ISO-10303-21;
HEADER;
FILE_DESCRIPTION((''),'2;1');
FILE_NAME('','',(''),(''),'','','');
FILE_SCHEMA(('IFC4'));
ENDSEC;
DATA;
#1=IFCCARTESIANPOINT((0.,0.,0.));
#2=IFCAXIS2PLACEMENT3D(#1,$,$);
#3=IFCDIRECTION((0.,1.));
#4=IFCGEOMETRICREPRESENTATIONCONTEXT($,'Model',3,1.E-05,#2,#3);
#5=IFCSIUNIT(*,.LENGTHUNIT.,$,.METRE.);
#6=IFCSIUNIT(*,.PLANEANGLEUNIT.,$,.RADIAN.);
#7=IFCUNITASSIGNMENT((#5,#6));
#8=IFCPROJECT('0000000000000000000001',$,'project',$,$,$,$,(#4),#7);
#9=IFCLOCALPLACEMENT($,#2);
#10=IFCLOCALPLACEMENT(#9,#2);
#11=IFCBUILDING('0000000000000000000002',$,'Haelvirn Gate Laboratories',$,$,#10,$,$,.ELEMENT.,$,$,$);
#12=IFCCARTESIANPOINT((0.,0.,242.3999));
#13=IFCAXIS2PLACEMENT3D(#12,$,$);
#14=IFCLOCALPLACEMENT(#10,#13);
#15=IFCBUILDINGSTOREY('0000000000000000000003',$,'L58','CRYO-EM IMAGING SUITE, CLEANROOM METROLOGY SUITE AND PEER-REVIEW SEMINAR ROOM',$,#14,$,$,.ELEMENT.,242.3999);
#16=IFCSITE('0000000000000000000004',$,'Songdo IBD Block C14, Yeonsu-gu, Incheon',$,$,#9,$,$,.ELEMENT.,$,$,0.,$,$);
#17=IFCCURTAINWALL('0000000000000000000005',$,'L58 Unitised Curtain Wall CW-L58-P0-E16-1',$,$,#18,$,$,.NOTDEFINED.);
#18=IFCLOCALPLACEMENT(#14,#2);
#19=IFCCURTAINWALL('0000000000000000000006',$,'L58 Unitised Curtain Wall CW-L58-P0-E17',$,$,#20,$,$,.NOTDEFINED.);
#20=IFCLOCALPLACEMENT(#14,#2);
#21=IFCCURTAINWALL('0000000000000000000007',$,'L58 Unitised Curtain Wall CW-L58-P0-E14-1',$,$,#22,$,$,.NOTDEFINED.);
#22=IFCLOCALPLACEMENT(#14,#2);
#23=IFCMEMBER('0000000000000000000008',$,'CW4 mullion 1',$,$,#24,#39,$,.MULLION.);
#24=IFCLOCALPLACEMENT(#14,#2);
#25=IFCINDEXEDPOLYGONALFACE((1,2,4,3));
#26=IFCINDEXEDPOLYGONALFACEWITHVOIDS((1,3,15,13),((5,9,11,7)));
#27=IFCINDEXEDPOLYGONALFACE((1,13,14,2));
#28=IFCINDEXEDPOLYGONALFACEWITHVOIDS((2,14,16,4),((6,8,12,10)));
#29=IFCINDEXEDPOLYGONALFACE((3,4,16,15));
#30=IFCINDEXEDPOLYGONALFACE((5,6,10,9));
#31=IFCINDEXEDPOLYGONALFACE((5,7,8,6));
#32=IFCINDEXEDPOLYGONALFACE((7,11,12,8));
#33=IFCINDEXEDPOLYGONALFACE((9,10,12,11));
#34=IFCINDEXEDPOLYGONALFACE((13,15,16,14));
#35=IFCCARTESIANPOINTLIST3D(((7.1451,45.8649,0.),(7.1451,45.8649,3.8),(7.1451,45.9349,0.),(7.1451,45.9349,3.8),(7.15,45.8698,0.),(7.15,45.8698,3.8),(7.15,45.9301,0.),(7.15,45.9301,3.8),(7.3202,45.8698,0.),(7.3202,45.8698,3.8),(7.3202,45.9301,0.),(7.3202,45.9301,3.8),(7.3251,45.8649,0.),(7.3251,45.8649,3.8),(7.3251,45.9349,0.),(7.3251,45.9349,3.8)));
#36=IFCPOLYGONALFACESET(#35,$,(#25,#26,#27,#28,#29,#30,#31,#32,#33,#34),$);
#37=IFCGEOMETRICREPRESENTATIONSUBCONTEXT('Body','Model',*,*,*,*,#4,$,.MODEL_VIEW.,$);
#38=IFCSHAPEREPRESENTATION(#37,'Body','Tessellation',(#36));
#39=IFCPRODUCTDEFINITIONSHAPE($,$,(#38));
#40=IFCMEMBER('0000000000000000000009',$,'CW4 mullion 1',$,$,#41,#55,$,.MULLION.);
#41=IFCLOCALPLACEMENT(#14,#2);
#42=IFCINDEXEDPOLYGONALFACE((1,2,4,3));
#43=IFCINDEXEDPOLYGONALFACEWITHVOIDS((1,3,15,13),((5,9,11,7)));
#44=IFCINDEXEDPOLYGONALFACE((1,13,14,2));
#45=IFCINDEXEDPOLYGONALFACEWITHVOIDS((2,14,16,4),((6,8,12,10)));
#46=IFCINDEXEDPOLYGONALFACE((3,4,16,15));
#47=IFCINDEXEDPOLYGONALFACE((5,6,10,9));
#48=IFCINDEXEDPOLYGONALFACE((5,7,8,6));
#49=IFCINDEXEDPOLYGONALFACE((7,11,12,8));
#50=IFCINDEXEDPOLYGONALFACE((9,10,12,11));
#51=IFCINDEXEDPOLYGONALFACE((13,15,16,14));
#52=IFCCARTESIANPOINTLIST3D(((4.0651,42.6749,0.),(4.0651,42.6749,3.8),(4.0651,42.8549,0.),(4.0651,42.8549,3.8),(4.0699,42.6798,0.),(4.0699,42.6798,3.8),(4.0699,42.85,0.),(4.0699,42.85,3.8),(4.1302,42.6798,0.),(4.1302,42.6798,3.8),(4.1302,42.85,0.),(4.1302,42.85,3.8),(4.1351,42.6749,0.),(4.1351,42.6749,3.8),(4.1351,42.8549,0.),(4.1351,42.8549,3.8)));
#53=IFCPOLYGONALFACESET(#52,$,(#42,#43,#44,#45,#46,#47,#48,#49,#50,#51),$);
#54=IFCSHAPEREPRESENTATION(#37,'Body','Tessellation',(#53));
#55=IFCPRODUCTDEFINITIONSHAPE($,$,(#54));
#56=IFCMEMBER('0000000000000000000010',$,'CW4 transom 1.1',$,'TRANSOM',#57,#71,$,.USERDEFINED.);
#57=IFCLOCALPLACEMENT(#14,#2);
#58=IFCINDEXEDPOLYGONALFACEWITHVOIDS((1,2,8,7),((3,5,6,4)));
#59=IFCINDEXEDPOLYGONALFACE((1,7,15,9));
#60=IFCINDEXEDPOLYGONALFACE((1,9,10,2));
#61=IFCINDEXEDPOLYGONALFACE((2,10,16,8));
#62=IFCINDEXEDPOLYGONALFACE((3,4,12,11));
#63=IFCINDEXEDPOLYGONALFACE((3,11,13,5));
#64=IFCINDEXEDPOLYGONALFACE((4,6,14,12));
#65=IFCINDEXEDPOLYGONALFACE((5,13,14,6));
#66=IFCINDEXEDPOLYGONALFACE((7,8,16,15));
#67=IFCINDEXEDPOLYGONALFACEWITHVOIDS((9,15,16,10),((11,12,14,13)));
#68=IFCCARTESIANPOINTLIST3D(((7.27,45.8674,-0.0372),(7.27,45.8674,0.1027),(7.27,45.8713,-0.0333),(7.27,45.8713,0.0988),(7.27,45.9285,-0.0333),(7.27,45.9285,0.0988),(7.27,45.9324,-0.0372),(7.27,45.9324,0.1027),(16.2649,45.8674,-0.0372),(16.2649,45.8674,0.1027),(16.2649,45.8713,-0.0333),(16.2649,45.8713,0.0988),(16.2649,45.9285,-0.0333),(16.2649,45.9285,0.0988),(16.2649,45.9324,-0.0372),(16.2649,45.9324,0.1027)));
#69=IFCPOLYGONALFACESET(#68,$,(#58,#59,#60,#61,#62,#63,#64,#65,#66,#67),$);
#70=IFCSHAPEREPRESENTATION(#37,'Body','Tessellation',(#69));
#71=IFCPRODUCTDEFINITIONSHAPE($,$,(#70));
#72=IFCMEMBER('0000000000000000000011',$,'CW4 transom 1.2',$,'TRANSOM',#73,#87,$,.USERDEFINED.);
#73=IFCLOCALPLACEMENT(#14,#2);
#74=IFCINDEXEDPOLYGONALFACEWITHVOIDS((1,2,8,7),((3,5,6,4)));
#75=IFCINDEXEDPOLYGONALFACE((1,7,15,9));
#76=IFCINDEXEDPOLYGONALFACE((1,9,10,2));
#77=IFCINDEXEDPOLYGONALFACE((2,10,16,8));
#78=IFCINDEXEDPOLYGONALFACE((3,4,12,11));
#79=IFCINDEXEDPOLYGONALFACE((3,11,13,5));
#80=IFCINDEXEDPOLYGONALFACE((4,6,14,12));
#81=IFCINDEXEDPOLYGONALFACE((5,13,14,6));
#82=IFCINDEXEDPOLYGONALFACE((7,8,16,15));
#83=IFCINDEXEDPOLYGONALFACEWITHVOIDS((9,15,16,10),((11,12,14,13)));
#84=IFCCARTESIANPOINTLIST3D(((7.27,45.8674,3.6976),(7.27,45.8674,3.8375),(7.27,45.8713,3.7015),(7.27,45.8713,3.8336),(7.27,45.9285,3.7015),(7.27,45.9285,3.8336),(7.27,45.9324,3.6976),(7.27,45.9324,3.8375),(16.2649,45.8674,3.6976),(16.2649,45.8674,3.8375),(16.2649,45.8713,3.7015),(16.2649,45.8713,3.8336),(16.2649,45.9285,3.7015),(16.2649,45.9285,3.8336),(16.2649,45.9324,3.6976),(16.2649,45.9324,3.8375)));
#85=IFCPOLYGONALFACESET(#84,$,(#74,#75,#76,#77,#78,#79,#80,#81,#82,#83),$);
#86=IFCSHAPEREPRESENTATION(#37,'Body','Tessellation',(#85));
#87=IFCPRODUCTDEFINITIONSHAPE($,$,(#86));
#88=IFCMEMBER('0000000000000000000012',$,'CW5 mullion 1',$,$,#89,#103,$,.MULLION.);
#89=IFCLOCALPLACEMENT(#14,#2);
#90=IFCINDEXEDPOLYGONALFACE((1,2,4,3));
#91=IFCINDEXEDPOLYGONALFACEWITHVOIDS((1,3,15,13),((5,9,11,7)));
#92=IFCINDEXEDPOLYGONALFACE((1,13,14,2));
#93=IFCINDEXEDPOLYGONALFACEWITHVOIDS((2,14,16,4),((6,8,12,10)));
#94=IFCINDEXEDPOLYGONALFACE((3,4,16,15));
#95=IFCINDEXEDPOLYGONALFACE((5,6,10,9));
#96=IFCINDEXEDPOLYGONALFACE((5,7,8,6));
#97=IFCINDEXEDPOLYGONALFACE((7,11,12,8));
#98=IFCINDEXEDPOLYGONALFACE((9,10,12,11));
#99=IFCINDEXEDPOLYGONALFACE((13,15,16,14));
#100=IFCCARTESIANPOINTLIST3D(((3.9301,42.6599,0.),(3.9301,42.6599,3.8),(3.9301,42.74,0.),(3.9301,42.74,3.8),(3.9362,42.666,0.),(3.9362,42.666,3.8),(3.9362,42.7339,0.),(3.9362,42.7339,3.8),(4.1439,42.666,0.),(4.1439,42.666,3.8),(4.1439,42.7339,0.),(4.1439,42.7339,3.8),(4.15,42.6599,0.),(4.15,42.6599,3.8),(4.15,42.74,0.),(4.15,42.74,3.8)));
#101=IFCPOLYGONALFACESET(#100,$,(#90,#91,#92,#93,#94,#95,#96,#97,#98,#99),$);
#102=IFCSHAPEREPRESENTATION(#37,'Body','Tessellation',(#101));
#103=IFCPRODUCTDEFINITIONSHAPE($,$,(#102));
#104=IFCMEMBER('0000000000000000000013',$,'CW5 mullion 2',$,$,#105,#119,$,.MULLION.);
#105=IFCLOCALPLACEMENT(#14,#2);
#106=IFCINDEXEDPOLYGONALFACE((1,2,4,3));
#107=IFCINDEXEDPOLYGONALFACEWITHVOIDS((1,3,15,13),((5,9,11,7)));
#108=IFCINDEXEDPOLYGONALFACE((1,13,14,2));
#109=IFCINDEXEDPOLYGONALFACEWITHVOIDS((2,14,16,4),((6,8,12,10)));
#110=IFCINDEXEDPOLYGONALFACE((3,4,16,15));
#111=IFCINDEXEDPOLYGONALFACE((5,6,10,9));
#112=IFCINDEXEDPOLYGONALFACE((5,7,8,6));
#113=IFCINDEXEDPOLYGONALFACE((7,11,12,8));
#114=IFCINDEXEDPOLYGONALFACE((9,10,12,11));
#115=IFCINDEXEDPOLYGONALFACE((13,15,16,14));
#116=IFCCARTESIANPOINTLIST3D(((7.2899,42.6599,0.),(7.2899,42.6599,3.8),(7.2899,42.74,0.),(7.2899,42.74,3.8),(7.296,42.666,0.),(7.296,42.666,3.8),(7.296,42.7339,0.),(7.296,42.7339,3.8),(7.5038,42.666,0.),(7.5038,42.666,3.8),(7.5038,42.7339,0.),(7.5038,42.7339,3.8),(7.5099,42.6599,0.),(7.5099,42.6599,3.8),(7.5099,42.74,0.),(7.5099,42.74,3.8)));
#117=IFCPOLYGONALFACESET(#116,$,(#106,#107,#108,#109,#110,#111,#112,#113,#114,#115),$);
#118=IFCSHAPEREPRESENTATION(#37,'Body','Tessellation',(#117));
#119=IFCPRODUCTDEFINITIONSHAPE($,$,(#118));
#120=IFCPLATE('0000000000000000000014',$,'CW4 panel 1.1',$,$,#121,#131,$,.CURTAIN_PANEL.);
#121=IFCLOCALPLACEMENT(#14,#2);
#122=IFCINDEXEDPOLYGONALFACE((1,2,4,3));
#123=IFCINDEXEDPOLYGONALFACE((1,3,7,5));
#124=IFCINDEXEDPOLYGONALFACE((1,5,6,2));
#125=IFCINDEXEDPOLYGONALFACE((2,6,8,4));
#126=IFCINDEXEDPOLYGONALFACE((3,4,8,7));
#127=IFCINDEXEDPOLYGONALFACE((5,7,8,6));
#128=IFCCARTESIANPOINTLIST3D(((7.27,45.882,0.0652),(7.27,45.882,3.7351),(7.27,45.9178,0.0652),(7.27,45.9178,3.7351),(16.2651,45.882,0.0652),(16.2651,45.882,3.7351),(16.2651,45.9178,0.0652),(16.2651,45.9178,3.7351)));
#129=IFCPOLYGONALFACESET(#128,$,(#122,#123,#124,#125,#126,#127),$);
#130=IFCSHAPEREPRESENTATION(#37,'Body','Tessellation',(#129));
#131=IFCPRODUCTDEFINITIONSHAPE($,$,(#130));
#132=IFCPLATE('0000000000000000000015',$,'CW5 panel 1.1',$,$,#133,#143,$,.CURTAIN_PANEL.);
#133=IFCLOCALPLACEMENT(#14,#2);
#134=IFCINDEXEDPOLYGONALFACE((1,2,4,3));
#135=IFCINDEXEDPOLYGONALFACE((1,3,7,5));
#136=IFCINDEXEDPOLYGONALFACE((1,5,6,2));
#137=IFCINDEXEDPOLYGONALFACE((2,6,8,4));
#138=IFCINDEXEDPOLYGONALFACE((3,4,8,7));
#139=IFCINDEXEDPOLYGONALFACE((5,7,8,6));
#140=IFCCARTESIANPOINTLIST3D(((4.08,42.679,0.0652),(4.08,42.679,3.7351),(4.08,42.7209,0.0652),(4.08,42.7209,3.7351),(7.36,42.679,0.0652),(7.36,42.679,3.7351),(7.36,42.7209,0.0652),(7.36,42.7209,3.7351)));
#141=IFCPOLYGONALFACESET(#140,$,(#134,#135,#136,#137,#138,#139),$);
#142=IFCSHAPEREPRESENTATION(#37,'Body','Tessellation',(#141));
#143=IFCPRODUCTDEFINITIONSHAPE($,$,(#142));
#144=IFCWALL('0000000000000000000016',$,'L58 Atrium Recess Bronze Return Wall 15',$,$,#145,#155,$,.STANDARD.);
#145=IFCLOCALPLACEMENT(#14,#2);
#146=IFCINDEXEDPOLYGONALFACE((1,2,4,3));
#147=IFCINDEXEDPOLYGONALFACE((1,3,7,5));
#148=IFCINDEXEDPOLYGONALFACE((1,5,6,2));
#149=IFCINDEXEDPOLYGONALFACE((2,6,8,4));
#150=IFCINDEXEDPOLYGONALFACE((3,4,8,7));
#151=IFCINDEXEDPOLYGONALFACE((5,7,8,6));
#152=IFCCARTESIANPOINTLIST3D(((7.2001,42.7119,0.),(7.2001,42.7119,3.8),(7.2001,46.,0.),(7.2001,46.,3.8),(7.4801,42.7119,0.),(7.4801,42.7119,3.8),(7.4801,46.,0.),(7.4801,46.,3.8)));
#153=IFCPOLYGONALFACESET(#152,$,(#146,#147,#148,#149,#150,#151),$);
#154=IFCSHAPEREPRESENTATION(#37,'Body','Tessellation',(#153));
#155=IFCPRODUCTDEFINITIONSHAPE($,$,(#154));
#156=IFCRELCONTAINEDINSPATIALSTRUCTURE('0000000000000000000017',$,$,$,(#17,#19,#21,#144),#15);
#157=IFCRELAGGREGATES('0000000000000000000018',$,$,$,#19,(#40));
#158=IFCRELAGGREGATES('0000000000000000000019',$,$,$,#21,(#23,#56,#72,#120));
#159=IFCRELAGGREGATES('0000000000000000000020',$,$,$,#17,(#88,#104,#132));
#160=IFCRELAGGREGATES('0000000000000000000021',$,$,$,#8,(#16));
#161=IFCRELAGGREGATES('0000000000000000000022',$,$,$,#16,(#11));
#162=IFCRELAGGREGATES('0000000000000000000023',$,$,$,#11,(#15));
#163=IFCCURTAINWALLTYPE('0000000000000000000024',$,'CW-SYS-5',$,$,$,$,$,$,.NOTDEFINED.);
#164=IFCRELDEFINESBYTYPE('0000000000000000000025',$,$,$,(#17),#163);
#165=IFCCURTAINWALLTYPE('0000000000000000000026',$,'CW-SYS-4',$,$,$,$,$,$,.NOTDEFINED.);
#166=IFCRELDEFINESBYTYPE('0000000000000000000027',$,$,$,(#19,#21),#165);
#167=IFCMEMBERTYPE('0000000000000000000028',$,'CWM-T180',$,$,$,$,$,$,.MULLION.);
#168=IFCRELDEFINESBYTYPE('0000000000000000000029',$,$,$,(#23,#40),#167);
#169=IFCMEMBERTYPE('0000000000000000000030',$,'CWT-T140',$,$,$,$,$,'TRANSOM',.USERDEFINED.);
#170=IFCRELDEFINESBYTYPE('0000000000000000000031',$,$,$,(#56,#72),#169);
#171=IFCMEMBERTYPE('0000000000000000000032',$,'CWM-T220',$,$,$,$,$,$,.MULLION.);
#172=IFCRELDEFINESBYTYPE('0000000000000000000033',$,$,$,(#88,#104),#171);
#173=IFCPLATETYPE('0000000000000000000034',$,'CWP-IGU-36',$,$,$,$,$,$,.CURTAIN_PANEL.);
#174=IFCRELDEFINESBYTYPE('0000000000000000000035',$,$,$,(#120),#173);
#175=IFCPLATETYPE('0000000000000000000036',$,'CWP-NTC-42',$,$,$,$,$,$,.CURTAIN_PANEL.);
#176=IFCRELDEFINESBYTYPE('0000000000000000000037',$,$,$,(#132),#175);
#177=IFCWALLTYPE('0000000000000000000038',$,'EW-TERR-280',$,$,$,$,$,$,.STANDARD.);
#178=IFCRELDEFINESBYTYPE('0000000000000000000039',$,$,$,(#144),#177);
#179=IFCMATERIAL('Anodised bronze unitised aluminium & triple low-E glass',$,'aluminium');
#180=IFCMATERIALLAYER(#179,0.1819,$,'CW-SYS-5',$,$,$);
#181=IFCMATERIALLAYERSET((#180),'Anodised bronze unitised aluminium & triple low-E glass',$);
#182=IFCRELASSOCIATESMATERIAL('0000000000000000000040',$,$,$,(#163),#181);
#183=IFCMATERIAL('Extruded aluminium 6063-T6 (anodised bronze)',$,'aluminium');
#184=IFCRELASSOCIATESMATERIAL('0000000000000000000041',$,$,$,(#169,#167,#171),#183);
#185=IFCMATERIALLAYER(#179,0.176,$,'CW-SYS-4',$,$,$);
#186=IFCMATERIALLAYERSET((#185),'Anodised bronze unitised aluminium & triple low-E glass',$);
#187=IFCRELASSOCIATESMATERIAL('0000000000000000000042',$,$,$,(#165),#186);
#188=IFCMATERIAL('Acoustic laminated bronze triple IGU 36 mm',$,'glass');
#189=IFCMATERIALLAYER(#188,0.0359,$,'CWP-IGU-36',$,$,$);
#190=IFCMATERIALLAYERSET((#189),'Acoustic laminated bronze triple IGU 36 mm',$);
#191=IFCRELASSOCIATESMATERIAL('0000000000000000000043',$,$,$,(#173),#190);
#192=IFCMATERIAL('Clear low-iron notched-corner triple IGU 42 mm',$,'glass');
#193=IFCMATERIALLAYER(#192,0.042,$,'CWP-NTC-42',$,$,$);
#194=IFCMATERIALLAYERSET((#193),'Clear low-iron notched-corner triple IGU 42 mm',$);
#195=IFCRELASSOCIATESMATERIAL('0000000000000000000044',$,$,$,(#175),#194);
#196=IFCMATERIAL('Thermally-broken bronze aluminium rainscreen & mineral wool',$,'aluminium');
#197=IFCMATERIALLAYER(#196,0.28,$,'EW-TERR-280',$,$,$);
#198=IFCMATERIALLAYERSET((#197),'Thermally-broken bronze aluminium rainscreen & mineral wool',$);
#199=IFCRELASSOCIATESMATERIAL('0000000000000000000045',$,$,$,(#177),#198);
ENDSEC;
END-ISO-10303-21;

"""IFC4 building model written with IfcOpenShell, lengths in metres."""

from ifc_helpers import new_model, si_unit, direction, frame, frame_2d, origin, origin_2d, place, context, subcontext, project, spatial, rectangle, hollow_rectangle, extrude, source, transform, mapped, material, layer, layer_set, material_profile, profile_set, type_object, type_shapes, element, aggregate, save


model = new_model("IFC4")

# Units and contexts
model_context = context("Model", 3, precision=1e-05, world=origin(), true_north=direction((0.0, 1.0)))
body_context = subcontext(model_context, "Body", "Model", "MODEL_VIEW")
ifc_project = project(units=[si_unit("LENGTHUNIT", "METRE"), si_unit("PLANEANGLEUNIT", "RADIAN")], contexts=[model_context])

# Site, building, storey
site_placement = place(None, origin())
site = spatial("IfcSite", under=ifc_project, at=site_placement, Name="Songdo IBD Block C14, Yeonsu-gu, Incheon", CompositionType="ELEMENT", RefElevation=0.0)
building_placement = place(site_placement, origin())
building = spatial("IfcBuilding", under=site, at=building_placement, Name="Haelvirn Gate Laboratories", CompositionType="ELEMENT")
storey_placement = place(building_placement, frame((0.0, 0.0, 242.3999)))
storey = spatial("IfcBuildingStorey", under=building, at=storey_placement, Name="L58", Description="CRYO-EM IMAGING SUITE, CLEANROOM METROLOGY SUITE AND PEER-REVIEW SEMINAR ROOM", CompositionType="ELEMENT", Elevation=242.3999)

# Curtain walls
ifc_material_1 = material(Name="Anodised bronze unitised aluminium & triple low-E glass", Category="aluminium")
ifc_layer_1 = layer(ifc_material_1, 0.1819, Name="CW-SYS-5")
ifc_layer_set_1 = layer_set([ifc_layer_1], Name="Anodised bronze unitised aluminium & triple low-E glass")
curtain_wall_type_1 = type_object("IfcCurtainWallType", Name="CW-SYS-5", PredefinedType="NOTDEFINED", material=ifc_layer_set_1)
curtain_wall_1_placement = place(storey_placement, origin())
curtain_wall_1 = element("IfcCurtainWall", 1, at=curtain_wall_1_placement, inside=storey, type_object=curtain_wall_type_1, Name="L58 Unitised Curtain Wall CW-L58-P0-E16-1", PredefinedType="NOTDEFINED")
ifc_material_2 = material(Name="Extruded aluminium 6063-T6 (anodised bronze)", Category="aluminium")
ifc_material_profile_1 = material_profile(ifc_material_2, hollow_rectangle(XDim=0.0649, YDim=0.1399, WallThickness=0.0039, at=origin_2d()), Name="CWT-140x65x4")
ifc_profile_set_1 = profile_set([ifc_material_profile_1], Name="Extruded aluminium 6063-T6 (anodised bronze)")
member_type_1 = type_object("IfcMemberType", Name="CWT-T140", ElementType="TRANSOM", PredefinedType="USERDEFINED", material=ifc_profile_set_1)
ifc_layer_2 = layer(ifc_material_1, 0.176, Name="CW-SYS-4")
ifc_layer_set_2 = layer_set([ifc_layer_2], Name="Anodised bronze unitised aluminium & triple low-E glass")
curtain_wall_type_2 = type_object("IfcCurtainWallType", Name="CW-SYS-4", PredefinedType="NOTDEFINED", material=ifc_layer_set_2)
curtain_wall_2_placement = place(storey_placement, origin())
curtain_wall_2 = element("IfcCurtainWall", 2, at=curtain_wall_2_placement, inside=storey, type_object=curtain_wall_type_2, Name="L58 Unitised Curtain Wall CW-L58-P0-E17", PredefinedType="NOTDEFINED")

# Curtain wall, member
curtain_wall_3_placement = place(storey_placement, origin())
curtain_wall_3 = element("IfcCurtainWall", 3, at=curtain_wall_3_placement, inside=storey, type_object=curtain_wall_type_2, Name="L58 Unitised Curtain Wall CW-L58-P0-E14-1", PredefinedType="NOTDEFINED")
ifc_material_profile_2 = material_profile(ifc_material_2, hollow_rectangle(XDim=0.0701, YDim=0.1799, WallThickness=0.0049, at=origin_2d()), Name="CWM-180x70x5")
ifc_profile_set_2 = profile_set([ifc_material_profile_2], Name="Extruded aluminium 6063-T6 (anodised bronze)")
member_type_2 = type_object("IfcMemberType", Name="CWM-T180", PredefinedType="MULLION", material=ifc_profile_set_2)
shared_shape_1 = source(origin(), body_context, "Body", "SweptSolid", [
    extrude(hollow_rectangle(XDim=0.0701, YDim=0.1799, WallThickness=0.0049, at=origin_2d()), origin(), (0.0, 0.0, 1.0), 3.8),
])
type_shapes(member_type_2, [shared_shape_1])
member_1_placement = place(storey_placement, frame((7.2351, 45.8999, 0.0), z_axis=(0.0, 0.0, 1.0), x_axis=(0.0, 1.0, 0.0)))
member_1 = element("IfcMember", 4, at=member_1_placement, type_object=member_type_2, Name="CW4 mullion 1", PredefinedType="MULLION", context=body_context, shape_type="MappedRepresentation", body=[
    mapped(shared_shape_1, transform((0.0, 0.0, 0.0), scale=1.0)),
])

# Members
member_2_placement = place(storey_placement, frame((4.1001, 42.7649, 0.0), z_axis=(0.0, 0.0, 1.0), x_axis=(1.0, 0.0, 0.0)))
member_2 = element("IfcMember", 5, at=member_2_placement, type_object=member_type_2, Name="CW4 mullion 1", PredefinedType="MULLION", context=body_context, shape_type="MappedRepresentation", body=[
    mapped(shared_shape_1, transform((0.0, 0.0, 0.0), scale=1.0)),
])
aggregate(curtain_wall_2, [member_2])
shared_shape_2 = source(origin(), body_context, "Body", "SweptSolid", [
    extrude(hollow_rectangle(XDim=0.0649, YDim=0.1399, WallThickness=0.0039, at=origin_2d()), origin(), (0.0, 0.0, 1.0), 8.9949),
])
member_3_placement = place(storey_placement, frame((7.27, 45.8999, 0.0327), z_axis=(1.0, 0.0, 0.0), x_axis=(0.0, 1.0, 0.0)))
member_3 = element("IfcMember", 6, at=member_3_placement, type_object=member_type_1, Name="CW4 transom 1.1", ObjectType="TRANSOM", PredefinedType="USERDEFINED", context=body_context, shape_type="MappedRepresentation", body=[
    mapped(shared_shape_2, transform((0.0, 0.0, 0.0), scale=1.0)),
])
member_4_placement = place(storey_placement, frame((7.27, 45.8999, 3.7676), z_axis=(1.0, 0.0, 0.0), x_axis=(0.0, 1.0, 0.0)))
member_4 = element("IfcMember", 7, at=member_4_placement, type_object=member_type_1, Name="CW4 transom 1.2", ObjectType="TRANSOM", PredefinedType="USERDEFINED", context=body_context, shape_type="MappedRepresentation", body=[
    mapped(shared_shape_2, transform((0.0, 0.0, 0.0), scale=1.0)),
])
ifc_material_profile_3 = material_profile(ifc_material_2, hollow_rectangle(XDim=0.0801, YDim=0.22, WallThickness=0.0061, at=origin_2d()), Name="CWM-220x80x6")
ifc_profile_set_3 = profile_set([ifc_material_profile_3], Name="Extruded aluminium 6063-T6 (anodised bronze)")
member_type_3 = type_object("IfcMemberType", Name="CWM-T220", PredefinedType="MULLION", material=ifc_profile_set_3)
shared_shape_3 = source(origin(), body_context, "Body", "SweptSolid", [
    extrude(hollow_rectangle(XDim=0.0801, YDim=0.22, WallThickness=0.0061, at=origin_2d()), origin(), (0.0, 0.0, 1.0), 3.8),
])
type_shapes(member_type_3, [shared_shape_3])
member_5_placement = place(storey_placement, frame((4.04, 42.7, 0.0), z_axis=(0.0, 0.0, 1.0), x_axis=(0.0, 1.0, 0.0)))
member_5 = element("IfcMember", 8, at=member_5_placement, type_object=member_type_3, Name="CW5 mullion 1", PredefinedType="MULLION", context=body_context, shape_type="MappedRepresentation", body=[
    mapped(shared_shape_3, transform((0.0, 0.0, 0.0), scale=1.0)),
])
member_6_placement = place(storey_placement, frame((7.3999, 42.7, 0.0), z_axis=(0.0, 0.0, 1.0), x_axis=(0.0, 1.0, 0.0)))
member_6 = element("IfcMember", 9, at=member_6_placement, type_object=member_type_3, Name="CW5 mullion 2", PredefinedType="MULLION", context=body_context, shape_type="MappedRepresentation", body=[
    mapped(shared_shape_3, transform((0.0, 0.0, 0.0), scale=1.0)),
])

# Plates
ifc_material_3 = material(Name="Acoustic laminated bronze triple IGU 36 mm", Category="glass")
ifc_layer_3 = layer(ifc_material_3, 0.0359, Name="CWP-IGU-36")
ifc_layer_set_3 = layer_set([ifc_layer_3], Name="Acoustic laminated bronze triple IGU 36 mm")
plate_type_1 = type_object("IfcPlateType", Name="CWP-IGU-36", PredefinedType="CURTAIN_PANEL", material=ifc_layer_set_3)
shared_shape_4 = source(origin(), body_context, "Body", "SweptSolid", [
    extrude(rectangle(XDim=8.9951, YDim=0.0359, at=origin_2d()), origin(), (0.0, 0.0, 1.0), 3.6699),
])
type_shapes(plate_type_1, [shared_shape_4])
plate_1_placement = place(storey_placement, frame((11.7676, 45.8999, 0.0652), z_axis=(0.0, 0.0, 1.0), x_axis=(1.0, 0.0, 0.0)))
plate_1 = element("IfcPlate", 10, at=plate_1_placement, type_object=plate_type_1, Name="CW4 panel 1.1", PredefinedType="CURTAIN_PANEL", context=body_context, shape_type="MappedRepresentation", body=[
    mapped(shared_shape_4, transform((0.0, 0.0, 0.0), scale=1.0)),
])
aggregate(curtain_wall_3, [member_1, member_3, member_4, plate_1])
ifc_material_4 = material(Name="Clear low-iron notched-corner triple IGU 42 mm", Category="glass")
ifc_layer_4 = layer(ifc_material_4, 0.042, Name="CWP-NTC-42")
ifc_layer_set_4 = layer_set([ifc_layer_4], Name="Clear low-iron notched-corner triple IGU 42 mm")
plate_type_2 = type_object("IfcPlateType", Name="CWP-NTC-42", PredefinedType="CURTAIN_PANEL", material=ifc_layer_set_4)
shared_shape_5 = source(origin(), body_context, "Body", "SweptSolid", [
    extrude(rectangle(XDim=3.28, YDim=0.042, at=origin_2d()), origin(), (0.0, 0.0, 1.0), 3.6699),
])
type_shapes(plate_type_2, [shared_shape_5])
plate_2_placement = place(storey_placement, frame((5.72, 42.7, 0.0652), z_axis=(0.0, 0.0, 1.0), x_axis=(1.0, 0.0, 0.0)))
plate_2 = element("IfcPlate", 11, at=plate_2_placement, type_object=plate_type_2, Name="CW5 panel 1.1", PredefinedType="CURTAIN_PANEL", context=body_context, shape_type="MappedRepresentation", body=[
    mapped(shared_shape_5, transform((0.0, 0.0, 0.0), scale=1.0)),
])
aggregate(curtain_wall_1, [member_5, member_6, plate_2])

# Wall
ifc_material_5 = material(Name="Thermally-broken bronze aluminium rainscreen & mineral wool", Category="aluminium")
ifc_layer_5 = layer(ifc_material_5, 0.28, Name="EW-TERR-280")
ifc_layer_set_5 = layer_set([ifc_layer_5], Name="Thermally-broken bronze aluminium rainscreen & mineral wool")
wall_type_1 = type_object("IfcWallType", Name="EW-TERR-280", PredefinedType="STANDARD", material=ifc_layer_set_5)
wall_1_placement = place(storey_placement, frame((7.3401, 46.0, 0.0), z_axis=(0.0, 0.0, 1.0), x_axis=(0.0, -1.0, 0.0)))
element("IfcWall", 12, at=wall_1_placement, inside=storey, type_object=wall_type_1, Name="L58 Atrium Recess Bronze Return Wall 15", PredefinedType="STANDARD", context=body_context, shape_type="SweptSolid", body=[
    extrude(rectangle(XDim=3.2881, YDim=0.28, at=frame_2d((1.644, 0.0))), origin(), (0.0, 0.0, 1.0), 3.8),
])

save(model, "model.ifc")
